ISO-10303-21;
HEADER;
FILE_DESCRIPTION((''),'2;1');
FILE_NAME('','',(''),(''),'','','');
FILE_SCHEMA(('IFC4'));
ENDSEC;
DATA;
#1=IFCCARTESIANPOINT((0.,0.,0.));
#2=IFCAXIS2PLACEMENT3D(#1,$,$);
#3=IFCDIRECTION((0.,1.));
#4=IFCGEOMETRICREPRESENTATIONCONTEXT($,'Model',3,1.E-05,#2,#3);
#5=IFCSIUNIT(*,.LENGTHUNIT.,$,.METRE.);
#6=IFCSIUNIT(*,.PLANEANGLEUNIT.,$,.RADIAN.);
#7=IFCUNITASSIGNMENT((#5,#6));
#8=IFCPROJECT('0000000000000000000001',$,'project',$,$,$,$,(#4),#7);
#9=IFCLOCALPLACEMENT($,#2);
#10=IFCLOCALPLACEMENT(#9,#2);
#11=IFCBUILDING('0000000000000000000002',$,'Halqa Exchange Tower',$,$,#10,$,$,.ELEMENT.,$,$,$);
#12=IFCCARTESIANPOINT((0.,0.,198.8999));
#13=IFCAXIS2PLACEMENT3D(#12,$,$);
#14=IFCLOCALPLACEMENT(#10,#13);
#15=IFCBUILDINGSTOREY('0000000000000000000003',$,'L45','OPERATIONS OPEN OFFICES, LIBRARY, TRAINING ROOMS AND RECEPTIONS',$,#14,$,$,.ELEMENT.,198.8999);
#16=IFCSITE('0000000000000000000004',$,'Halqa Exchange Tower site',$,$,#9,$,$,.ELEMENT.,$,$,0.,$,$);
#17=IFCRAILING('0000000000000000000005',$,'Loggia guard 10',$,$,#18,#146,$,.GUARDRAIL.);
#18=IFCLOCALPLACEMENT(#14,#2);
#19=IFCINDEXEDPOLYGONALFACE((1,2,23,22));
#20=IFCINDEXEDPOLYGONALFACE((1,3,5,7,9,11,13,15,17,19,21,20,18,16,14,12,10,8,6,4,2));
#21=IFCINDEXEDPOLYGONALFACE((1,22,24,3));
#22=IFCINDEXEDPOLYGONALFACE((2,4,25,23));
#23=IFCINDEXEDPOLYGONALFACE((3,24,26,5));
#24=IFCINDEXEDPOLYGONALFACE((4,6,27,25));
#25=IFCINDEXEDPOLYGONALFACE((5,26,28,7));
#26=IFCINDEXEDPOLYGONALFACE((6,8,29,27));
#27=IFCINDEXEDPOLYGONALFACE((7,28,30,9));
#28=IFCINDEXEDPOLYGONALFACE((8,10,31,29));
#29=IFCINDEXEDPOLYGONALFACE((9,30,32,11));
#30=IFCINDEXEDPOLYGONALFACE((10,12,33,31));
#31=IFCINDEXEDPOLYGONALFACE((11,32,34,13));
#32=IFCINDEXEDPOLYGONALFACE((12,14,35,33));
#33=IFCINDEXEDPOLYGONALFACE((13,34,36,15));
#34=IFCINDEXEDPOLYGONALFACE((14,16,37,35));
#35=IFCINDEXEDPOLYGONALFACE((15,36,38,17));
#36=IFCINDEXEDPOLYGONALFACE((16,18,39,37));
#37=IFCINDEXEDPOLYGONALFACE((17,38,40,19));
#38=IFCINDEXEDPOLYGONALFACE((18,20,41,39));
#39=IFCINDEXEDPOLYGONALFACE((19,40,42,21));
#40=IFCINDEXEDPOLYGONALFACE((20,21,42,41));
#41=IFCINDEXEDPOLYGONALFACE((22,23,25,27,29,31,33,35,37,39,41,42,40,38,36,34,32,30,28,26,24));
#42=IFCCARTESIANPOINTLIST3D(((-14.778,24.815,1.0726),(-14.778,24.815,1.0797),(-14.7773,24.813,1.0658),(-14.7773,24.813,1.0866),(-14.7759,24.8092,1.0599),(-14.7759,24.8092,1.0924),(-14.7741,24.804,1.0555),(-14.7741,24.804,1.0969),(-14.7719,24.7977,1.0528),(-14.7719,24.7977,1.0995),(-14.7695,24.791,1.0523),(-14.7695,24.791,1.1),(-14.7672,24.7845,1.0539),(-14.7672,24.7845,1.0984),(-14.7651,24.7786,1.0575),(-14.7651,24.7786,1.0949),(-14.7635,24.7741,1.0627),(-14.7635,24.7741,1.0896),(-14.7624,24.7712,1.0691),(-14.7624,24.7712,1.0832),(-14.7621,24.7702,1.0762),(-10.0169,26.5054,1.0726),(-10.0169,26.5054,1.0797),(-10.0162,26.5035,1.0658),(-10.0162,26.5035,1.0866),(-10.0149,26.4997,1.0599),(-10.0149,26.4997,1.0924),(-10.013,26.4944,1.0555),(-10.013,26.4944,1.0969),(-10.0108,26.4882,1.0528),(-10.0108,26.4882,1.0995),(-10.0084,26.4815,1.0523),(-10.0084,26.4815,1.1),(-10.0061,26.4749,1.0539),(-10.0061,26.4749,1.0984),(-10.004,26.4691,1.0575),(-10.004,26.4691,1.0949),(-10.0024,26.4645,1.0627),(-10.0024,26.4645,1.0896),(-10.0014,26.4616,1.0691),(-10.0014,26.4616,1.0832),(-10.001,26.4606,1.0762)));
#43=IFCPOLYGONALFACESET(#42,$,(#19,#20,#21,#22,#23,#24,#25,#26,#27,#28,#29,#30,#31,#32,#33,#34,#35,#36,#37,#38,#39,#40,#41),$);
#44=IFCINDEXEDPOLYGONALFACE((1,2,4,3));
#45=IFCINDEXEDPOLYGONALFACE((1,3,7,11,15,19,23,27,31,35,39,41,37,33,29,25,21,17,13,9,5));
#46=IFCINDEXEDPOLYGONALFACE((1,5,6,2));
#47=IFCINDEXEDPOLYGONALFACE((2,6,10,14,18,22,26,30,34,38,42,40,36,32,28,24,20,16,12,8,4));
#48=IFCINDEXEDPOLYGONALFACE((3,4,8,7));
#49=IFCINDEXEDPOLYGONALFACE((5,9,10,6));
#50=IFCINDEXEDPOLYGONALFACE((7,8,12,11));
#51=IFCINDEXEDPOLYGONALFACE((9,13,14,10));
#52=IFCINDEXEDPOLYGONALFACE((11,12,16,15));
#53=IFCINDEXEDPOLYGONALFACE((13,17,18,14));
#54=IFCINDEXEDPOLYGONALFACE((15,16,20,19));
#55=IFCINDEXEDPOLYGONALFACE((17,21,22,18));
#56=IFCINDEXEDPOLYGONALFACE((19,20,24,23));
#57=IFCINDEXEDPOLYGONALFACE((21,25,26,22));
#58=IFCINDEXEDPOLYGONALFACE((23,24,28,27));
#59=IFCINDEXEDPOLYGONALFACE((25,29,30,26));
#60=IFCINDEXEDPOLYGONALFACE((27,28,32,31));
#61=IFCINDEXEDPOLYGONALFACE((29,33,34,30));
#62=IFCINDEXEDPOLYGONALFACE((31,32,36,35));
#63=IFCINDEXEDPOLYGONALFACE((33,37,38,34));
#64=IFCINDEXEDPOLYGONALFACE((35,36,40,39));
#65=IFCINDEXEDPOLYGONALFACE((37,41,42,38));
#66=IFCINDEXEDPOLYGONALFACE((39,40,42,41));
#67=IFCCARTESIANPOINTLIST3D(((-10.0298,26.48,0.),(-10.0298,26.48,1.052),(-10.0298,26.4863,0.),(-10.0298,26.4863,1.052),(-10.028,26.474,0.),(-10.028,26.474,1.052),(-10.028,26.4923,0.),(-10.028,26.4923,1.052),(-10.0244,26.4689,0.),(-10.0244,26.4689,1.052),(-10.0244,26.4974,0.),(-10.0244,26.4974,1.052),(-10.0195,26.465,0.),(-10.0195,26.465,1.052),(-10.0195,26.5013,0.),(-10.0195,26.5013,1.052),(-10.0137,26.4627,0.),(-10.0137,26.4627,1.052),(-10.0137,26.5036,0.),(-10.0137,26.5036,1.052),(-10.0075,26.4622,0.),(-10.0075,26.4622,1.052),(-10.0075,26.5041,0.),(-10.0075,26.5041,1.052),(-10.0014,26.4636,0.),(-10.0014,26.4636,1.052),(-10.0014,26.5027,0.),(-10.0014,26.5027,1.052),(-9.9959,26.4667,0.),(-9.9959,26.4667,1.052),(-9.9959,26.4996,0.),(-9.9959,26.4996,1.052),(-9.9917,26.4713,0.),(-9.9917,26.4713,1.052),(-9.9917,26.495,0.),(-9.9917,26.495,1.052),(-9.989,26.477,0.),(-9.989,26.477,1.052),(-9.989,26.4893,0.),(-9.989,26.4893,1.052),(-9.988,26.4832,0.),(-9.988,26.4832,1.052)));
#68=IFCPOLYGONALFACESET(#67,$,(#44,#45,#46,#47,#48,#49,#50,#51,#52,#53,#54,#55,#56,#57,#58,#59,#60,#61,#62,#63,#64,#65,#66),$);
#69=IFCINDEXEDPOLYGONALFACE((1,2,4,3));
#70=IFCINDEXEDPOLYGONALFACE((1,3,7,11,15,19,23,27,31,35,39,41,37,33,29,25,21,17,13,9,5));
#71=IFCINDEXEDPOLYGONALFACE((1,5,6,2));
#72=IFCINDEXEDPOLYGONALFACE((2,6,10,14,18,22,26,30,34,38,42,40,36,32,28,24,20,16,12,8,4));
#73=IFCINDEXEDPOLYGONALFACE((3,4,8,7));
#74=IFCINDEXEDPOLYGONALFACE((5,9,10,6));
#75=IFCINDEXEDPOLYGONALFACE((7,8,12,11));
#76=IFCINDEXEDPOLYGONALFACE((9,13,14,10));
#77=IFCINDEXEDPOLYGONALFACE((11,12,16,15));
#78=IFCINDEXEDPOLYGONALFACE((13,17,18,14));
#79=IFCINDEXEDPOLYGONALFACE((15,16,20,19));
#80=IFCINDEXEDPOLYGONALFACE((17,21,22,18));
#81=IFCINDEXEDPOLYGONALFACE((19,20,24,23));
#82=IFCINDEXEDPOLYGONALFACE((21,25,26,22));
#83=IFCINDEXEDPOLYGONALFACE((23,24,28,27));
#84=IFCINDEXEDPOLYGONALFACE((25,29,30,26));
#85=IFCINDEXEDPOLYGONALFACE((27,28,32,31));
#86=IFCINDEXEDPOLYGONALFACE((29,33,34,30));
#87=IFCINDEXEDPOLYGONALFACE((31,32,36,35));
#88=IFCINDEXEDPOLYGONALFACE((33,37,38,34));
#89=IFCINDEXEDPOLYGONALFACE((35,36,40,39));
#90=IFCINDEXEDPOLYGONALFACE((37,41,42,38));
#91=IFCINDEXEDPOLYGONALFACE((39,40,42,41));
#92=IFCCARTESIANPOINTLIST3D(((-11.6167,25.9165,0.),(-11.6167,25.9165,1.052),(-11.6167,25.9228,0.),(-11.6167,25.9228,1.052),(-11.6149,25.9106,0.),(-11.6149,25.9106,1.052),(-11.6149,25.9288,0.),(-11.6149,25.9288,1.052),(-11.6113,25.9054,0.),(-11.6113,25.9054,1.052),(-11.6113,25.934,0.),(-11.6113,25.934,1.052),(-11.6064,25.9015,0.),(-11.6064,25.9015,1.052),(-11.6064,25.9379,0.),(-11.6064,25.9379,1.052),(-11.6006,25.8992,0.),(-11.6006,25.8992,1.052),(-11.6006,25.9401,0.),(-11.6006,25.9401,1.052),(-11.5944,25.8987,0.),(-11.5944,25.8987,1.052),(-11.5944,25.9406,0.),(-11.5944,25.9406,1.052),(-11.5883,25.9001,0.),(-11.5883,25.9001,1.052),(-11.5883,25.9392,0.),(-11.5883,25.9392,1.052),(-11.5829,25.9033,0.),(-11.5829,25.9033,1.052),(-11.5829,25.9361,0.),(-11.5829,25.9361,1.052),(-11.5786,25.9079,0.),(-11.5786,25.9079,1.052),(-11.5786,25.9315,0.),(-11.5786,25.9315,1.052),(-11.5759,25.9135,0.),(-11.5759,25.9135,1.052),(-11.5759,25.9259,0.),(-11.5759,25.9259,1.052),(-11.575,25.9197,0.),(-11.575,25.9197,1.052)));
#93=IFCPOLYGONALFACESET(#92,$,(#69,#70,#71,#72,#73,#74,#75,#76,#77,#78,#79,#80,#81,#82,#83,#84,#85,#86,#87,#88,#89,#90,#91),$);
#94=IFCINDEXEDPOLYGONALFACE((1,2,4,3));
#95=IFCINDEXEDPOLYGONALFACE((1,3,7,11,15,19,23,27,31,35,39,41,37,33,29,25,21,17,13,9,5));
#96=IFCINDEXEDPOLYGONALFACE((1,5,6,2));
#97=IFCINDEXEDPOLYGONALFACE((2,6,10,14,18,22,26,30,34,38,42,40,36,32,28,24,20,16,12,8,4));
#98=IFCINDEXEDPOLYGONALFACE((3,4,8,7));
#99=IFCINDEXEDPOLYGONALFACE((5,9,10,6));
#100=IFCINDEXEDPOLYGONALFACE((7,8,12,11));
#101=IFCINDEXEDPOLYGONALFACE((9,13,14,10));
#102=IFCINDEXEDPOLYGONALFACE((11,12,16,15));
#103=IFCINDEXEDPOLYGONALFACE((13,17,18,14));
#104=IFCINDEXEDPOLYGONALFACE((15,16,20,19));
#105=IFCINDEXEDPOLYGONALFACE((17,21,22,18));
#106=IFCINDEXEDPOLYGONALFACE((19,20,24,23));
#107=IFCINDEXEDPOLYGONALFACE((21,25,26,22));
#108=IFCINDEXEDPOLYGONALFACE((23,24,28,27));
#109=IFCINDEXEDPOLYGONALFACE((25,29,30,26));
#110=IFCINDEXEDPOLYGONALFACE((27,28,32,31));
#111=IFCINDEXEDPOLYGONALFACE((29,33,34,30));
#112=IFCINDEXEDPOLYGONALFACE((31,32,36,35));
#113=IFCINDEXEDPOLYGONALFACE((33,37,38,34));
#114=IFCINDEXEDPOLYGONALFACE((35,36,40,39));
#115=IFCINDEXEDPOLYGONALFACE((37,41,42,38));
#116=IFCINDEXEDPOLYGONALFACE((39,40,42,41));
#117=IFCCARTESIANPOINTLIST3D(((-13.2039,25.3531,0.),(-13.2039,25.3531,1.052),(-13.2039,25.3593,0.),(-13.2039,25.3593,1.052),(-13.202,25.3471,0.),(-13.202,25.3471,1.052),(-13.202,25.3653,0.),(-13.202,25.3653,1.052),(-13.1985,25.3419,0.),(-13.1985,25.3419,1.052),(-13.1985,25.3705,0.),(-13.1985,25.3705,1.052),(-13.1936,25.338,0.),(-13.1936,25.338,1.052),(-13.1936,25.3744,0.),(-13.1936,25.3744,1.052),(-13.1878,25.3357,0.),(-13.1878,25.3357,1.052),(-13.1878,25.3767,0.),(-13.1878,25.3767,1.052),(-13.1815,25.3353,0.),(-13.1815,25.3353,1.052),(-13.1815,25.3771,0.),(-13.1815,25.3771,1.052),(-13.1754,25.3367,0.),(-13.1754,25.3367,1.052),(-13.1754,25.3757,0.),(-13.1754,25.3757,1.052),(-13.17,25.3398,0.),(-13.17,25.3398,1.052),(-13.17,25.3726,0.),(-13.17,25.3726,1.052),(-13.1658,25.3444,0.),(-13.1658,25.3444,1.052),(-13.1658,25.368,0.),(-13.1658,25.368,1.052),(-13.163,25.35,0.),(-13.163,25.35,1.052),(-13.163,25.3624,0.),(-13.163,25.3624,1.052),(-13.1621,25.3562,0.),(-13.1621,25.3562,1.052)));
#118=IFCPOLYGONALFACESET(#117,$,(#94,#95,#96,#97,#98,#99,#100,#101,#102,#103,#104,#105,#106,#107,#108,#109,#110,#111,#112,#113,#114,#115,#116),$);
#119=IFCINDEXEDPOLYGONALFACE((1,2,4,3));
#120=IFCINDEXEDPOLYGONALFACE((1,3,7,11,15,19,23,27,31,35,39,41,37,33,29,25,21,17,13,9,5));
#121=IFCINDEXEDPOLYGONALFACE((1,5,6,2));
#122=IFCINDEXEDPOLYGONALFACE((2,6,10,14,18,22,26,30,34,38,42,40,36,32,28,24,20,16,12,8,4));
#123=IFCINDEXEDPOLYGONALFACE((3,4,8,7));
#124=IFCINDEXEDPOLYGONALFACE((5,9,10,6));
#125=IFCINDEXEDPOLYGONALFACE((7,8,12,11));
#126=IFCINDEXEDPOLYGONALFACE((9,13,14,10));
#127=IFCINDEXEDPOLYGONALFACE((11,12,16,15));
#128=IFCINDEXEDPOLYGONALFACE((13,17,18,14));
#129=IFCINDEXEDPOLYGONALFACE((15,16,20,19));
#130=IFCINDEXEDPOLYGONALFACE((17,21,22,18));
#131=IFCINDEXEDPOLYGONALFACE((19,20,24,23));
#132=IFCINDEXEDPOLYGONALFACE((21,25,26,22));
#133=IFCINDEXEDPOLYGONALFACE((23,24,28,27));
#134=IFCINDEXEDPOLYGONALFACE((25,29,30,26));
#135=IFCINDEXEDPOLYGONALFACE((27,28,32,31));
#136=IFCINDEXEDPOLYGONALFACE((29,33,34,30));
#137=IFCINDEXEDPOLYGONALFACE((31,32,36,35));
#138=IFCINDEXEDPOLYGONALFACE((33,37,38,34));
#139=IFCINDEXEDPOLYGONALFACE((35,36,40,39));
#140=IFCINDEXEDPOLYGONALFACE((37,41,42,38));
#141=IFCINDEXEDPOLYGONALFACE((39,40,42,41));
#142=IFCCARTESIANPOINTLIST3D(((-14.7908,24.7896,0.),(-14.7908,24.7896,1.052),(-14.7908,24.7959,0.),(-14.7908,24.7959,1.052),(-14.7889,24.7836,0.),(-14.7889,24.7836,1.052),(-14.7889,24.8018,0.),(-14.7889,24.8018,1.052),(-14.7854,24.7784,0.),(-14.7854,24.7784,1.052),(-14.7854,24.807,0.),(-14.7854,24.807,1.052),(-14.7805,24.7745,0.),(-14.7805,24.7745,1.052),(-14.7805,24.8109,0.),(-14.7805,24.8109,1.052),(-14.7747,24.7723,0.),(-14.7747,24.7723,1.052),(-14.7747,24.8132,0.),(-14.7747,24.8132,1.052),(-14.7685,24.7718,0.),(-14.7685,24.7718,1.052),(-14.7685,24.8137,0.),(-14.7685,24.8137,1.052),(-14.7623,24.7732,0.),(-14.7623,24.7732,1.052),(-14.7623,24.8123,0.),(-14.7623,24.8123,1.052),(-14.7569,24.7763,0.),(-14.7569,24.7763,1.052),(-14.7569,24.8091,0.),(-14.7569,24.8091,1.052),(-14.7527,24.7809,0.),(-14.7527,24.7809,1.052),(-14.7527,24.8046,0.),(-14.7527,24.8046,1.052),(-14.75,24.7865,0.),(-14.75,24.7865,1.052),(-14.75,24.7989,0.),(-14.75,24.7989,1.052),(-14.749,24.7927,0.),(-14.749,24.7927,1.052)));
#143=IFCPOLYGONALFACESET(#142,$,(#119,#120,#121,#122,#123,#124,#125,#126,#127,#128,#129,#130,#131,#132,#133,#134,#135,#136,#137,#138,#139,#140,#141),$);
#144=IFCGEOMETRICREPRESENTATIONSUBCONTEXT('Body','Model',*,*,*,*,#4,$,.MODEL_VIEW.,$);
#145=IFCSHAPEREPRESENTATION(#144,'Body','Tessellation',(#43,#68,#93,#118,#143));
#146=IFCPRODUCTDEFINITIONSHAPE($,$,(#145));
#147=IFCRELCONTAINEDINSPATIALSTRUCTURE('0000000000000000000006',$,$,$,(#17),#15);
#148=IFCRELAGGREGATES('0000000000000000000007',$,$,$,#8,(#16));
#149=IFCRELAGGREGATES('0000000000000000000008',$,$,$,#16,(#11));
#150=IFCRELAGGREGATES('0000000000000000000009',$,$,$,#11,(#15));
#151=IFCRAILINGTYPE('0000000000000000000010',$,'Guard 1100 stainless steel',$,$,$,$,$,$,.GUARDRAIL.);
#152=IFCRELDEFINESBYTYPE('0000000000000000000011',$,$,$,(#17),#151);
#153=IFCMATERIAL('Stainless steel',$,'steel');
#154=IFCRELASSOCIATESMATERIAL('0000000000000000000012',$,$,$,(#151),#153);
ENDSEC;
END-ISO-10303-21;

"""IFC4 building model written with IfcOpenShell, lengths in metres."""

from ifc_helpers import new_model, si_unit, direction, frame, origin, origin_2d, place, context, subcontext, project, spatial, circle, extrude, material, type_object, element, save


model = new_model("IFC4")

# Units and contexts
model_context = context("Model", 3, precision=1e-05, world=origin(), true_north=direction((0.0, 1.0)))
body_context = subcontext(model_context, "Body", "Model", "MODEL_VIEW")
ifc_project = project(units=[si_unit("LENGTHUNIT", "METRE"), si_unit("PLANEANGLEUNIT", "RADIAN")], contexts=[model_context])

# Site, building, storey
site_placement = place(None, origin())
site = spatial("IfcSite", under=ifc_project, at=site_placement, Name="Halqa Exchange Tower site", CompositionType="ELEMENT", RefElevation=0.0)
building_placement = place(site_placement, origin())
building = spatial("IfcBuilding", under=site, at=building_placement, Name="Halqa Exchange Tower", CompositionType="ELEMENT")
storey_placement = place(building_placement, frame((0.0, 0.0, 198.8999)))
storey = spatial("IfcBuildingStorey", under=building, at=storey_placement, Name="L45", Description="OPERATIONS OPEN OFFICES, LIBRARY, TRAINING ROOMS AND RECEPTIONS", CompositionType="ELEMENT", Elevation=198.8999)

# Railing
ifc_material_1 = material(Name="Stainless steel", Category="steel")
railing_type_1 = type_object("IfcRailingType", Name="Guard 1100 stainless steel", PredefinedType="GUARDRAIL", material=ifc_material_1)
railing_1_placement = place(storey_placement, frame((-10.009, 26.4832, 0.0)))
element("IfcRailing", 1, at=railing_1_placement, inside=storey, type_object=railing_type_1, Name="Loggia guard 10", PredefinedType="GUARDRAIL", context=body_context, shape_type="SweptSolid", body=[
    extrude(circle(Radius=0.0239, at=origin_2d()), frame((0.0, 0.0, 1.0762), z_axis=(-0.942362, -0.334594, 0.0), x_axis=(0.334594, -0.942362, 0.0)), (0.0, 0.0, 1.0), 5.0522),
    extrude(circle(Radius=0.021, at=origin_2d()), origin(), (0.0, 0.0, 1.0), 1.052),
    extrude(circle(Radius=0.021, at=origin_2d()), frame((-1.5869, -0.5635, 0.0)), (0.0, 0.0, 1.0), 1.052),
    extrude(circle(Radius=0.021, at=origin_2d()), frame((-3.1741, -1.127, 0.0)), (0.0, 0.0, 1.0), 1.052),
    extrude(circle(Radius=0.021, at=origin_2d()), frame((-4.761, -1.6904, 0.0)), (0.0, 0.0, 1.0), 1.052),
])

save(model, "model.ifc")
